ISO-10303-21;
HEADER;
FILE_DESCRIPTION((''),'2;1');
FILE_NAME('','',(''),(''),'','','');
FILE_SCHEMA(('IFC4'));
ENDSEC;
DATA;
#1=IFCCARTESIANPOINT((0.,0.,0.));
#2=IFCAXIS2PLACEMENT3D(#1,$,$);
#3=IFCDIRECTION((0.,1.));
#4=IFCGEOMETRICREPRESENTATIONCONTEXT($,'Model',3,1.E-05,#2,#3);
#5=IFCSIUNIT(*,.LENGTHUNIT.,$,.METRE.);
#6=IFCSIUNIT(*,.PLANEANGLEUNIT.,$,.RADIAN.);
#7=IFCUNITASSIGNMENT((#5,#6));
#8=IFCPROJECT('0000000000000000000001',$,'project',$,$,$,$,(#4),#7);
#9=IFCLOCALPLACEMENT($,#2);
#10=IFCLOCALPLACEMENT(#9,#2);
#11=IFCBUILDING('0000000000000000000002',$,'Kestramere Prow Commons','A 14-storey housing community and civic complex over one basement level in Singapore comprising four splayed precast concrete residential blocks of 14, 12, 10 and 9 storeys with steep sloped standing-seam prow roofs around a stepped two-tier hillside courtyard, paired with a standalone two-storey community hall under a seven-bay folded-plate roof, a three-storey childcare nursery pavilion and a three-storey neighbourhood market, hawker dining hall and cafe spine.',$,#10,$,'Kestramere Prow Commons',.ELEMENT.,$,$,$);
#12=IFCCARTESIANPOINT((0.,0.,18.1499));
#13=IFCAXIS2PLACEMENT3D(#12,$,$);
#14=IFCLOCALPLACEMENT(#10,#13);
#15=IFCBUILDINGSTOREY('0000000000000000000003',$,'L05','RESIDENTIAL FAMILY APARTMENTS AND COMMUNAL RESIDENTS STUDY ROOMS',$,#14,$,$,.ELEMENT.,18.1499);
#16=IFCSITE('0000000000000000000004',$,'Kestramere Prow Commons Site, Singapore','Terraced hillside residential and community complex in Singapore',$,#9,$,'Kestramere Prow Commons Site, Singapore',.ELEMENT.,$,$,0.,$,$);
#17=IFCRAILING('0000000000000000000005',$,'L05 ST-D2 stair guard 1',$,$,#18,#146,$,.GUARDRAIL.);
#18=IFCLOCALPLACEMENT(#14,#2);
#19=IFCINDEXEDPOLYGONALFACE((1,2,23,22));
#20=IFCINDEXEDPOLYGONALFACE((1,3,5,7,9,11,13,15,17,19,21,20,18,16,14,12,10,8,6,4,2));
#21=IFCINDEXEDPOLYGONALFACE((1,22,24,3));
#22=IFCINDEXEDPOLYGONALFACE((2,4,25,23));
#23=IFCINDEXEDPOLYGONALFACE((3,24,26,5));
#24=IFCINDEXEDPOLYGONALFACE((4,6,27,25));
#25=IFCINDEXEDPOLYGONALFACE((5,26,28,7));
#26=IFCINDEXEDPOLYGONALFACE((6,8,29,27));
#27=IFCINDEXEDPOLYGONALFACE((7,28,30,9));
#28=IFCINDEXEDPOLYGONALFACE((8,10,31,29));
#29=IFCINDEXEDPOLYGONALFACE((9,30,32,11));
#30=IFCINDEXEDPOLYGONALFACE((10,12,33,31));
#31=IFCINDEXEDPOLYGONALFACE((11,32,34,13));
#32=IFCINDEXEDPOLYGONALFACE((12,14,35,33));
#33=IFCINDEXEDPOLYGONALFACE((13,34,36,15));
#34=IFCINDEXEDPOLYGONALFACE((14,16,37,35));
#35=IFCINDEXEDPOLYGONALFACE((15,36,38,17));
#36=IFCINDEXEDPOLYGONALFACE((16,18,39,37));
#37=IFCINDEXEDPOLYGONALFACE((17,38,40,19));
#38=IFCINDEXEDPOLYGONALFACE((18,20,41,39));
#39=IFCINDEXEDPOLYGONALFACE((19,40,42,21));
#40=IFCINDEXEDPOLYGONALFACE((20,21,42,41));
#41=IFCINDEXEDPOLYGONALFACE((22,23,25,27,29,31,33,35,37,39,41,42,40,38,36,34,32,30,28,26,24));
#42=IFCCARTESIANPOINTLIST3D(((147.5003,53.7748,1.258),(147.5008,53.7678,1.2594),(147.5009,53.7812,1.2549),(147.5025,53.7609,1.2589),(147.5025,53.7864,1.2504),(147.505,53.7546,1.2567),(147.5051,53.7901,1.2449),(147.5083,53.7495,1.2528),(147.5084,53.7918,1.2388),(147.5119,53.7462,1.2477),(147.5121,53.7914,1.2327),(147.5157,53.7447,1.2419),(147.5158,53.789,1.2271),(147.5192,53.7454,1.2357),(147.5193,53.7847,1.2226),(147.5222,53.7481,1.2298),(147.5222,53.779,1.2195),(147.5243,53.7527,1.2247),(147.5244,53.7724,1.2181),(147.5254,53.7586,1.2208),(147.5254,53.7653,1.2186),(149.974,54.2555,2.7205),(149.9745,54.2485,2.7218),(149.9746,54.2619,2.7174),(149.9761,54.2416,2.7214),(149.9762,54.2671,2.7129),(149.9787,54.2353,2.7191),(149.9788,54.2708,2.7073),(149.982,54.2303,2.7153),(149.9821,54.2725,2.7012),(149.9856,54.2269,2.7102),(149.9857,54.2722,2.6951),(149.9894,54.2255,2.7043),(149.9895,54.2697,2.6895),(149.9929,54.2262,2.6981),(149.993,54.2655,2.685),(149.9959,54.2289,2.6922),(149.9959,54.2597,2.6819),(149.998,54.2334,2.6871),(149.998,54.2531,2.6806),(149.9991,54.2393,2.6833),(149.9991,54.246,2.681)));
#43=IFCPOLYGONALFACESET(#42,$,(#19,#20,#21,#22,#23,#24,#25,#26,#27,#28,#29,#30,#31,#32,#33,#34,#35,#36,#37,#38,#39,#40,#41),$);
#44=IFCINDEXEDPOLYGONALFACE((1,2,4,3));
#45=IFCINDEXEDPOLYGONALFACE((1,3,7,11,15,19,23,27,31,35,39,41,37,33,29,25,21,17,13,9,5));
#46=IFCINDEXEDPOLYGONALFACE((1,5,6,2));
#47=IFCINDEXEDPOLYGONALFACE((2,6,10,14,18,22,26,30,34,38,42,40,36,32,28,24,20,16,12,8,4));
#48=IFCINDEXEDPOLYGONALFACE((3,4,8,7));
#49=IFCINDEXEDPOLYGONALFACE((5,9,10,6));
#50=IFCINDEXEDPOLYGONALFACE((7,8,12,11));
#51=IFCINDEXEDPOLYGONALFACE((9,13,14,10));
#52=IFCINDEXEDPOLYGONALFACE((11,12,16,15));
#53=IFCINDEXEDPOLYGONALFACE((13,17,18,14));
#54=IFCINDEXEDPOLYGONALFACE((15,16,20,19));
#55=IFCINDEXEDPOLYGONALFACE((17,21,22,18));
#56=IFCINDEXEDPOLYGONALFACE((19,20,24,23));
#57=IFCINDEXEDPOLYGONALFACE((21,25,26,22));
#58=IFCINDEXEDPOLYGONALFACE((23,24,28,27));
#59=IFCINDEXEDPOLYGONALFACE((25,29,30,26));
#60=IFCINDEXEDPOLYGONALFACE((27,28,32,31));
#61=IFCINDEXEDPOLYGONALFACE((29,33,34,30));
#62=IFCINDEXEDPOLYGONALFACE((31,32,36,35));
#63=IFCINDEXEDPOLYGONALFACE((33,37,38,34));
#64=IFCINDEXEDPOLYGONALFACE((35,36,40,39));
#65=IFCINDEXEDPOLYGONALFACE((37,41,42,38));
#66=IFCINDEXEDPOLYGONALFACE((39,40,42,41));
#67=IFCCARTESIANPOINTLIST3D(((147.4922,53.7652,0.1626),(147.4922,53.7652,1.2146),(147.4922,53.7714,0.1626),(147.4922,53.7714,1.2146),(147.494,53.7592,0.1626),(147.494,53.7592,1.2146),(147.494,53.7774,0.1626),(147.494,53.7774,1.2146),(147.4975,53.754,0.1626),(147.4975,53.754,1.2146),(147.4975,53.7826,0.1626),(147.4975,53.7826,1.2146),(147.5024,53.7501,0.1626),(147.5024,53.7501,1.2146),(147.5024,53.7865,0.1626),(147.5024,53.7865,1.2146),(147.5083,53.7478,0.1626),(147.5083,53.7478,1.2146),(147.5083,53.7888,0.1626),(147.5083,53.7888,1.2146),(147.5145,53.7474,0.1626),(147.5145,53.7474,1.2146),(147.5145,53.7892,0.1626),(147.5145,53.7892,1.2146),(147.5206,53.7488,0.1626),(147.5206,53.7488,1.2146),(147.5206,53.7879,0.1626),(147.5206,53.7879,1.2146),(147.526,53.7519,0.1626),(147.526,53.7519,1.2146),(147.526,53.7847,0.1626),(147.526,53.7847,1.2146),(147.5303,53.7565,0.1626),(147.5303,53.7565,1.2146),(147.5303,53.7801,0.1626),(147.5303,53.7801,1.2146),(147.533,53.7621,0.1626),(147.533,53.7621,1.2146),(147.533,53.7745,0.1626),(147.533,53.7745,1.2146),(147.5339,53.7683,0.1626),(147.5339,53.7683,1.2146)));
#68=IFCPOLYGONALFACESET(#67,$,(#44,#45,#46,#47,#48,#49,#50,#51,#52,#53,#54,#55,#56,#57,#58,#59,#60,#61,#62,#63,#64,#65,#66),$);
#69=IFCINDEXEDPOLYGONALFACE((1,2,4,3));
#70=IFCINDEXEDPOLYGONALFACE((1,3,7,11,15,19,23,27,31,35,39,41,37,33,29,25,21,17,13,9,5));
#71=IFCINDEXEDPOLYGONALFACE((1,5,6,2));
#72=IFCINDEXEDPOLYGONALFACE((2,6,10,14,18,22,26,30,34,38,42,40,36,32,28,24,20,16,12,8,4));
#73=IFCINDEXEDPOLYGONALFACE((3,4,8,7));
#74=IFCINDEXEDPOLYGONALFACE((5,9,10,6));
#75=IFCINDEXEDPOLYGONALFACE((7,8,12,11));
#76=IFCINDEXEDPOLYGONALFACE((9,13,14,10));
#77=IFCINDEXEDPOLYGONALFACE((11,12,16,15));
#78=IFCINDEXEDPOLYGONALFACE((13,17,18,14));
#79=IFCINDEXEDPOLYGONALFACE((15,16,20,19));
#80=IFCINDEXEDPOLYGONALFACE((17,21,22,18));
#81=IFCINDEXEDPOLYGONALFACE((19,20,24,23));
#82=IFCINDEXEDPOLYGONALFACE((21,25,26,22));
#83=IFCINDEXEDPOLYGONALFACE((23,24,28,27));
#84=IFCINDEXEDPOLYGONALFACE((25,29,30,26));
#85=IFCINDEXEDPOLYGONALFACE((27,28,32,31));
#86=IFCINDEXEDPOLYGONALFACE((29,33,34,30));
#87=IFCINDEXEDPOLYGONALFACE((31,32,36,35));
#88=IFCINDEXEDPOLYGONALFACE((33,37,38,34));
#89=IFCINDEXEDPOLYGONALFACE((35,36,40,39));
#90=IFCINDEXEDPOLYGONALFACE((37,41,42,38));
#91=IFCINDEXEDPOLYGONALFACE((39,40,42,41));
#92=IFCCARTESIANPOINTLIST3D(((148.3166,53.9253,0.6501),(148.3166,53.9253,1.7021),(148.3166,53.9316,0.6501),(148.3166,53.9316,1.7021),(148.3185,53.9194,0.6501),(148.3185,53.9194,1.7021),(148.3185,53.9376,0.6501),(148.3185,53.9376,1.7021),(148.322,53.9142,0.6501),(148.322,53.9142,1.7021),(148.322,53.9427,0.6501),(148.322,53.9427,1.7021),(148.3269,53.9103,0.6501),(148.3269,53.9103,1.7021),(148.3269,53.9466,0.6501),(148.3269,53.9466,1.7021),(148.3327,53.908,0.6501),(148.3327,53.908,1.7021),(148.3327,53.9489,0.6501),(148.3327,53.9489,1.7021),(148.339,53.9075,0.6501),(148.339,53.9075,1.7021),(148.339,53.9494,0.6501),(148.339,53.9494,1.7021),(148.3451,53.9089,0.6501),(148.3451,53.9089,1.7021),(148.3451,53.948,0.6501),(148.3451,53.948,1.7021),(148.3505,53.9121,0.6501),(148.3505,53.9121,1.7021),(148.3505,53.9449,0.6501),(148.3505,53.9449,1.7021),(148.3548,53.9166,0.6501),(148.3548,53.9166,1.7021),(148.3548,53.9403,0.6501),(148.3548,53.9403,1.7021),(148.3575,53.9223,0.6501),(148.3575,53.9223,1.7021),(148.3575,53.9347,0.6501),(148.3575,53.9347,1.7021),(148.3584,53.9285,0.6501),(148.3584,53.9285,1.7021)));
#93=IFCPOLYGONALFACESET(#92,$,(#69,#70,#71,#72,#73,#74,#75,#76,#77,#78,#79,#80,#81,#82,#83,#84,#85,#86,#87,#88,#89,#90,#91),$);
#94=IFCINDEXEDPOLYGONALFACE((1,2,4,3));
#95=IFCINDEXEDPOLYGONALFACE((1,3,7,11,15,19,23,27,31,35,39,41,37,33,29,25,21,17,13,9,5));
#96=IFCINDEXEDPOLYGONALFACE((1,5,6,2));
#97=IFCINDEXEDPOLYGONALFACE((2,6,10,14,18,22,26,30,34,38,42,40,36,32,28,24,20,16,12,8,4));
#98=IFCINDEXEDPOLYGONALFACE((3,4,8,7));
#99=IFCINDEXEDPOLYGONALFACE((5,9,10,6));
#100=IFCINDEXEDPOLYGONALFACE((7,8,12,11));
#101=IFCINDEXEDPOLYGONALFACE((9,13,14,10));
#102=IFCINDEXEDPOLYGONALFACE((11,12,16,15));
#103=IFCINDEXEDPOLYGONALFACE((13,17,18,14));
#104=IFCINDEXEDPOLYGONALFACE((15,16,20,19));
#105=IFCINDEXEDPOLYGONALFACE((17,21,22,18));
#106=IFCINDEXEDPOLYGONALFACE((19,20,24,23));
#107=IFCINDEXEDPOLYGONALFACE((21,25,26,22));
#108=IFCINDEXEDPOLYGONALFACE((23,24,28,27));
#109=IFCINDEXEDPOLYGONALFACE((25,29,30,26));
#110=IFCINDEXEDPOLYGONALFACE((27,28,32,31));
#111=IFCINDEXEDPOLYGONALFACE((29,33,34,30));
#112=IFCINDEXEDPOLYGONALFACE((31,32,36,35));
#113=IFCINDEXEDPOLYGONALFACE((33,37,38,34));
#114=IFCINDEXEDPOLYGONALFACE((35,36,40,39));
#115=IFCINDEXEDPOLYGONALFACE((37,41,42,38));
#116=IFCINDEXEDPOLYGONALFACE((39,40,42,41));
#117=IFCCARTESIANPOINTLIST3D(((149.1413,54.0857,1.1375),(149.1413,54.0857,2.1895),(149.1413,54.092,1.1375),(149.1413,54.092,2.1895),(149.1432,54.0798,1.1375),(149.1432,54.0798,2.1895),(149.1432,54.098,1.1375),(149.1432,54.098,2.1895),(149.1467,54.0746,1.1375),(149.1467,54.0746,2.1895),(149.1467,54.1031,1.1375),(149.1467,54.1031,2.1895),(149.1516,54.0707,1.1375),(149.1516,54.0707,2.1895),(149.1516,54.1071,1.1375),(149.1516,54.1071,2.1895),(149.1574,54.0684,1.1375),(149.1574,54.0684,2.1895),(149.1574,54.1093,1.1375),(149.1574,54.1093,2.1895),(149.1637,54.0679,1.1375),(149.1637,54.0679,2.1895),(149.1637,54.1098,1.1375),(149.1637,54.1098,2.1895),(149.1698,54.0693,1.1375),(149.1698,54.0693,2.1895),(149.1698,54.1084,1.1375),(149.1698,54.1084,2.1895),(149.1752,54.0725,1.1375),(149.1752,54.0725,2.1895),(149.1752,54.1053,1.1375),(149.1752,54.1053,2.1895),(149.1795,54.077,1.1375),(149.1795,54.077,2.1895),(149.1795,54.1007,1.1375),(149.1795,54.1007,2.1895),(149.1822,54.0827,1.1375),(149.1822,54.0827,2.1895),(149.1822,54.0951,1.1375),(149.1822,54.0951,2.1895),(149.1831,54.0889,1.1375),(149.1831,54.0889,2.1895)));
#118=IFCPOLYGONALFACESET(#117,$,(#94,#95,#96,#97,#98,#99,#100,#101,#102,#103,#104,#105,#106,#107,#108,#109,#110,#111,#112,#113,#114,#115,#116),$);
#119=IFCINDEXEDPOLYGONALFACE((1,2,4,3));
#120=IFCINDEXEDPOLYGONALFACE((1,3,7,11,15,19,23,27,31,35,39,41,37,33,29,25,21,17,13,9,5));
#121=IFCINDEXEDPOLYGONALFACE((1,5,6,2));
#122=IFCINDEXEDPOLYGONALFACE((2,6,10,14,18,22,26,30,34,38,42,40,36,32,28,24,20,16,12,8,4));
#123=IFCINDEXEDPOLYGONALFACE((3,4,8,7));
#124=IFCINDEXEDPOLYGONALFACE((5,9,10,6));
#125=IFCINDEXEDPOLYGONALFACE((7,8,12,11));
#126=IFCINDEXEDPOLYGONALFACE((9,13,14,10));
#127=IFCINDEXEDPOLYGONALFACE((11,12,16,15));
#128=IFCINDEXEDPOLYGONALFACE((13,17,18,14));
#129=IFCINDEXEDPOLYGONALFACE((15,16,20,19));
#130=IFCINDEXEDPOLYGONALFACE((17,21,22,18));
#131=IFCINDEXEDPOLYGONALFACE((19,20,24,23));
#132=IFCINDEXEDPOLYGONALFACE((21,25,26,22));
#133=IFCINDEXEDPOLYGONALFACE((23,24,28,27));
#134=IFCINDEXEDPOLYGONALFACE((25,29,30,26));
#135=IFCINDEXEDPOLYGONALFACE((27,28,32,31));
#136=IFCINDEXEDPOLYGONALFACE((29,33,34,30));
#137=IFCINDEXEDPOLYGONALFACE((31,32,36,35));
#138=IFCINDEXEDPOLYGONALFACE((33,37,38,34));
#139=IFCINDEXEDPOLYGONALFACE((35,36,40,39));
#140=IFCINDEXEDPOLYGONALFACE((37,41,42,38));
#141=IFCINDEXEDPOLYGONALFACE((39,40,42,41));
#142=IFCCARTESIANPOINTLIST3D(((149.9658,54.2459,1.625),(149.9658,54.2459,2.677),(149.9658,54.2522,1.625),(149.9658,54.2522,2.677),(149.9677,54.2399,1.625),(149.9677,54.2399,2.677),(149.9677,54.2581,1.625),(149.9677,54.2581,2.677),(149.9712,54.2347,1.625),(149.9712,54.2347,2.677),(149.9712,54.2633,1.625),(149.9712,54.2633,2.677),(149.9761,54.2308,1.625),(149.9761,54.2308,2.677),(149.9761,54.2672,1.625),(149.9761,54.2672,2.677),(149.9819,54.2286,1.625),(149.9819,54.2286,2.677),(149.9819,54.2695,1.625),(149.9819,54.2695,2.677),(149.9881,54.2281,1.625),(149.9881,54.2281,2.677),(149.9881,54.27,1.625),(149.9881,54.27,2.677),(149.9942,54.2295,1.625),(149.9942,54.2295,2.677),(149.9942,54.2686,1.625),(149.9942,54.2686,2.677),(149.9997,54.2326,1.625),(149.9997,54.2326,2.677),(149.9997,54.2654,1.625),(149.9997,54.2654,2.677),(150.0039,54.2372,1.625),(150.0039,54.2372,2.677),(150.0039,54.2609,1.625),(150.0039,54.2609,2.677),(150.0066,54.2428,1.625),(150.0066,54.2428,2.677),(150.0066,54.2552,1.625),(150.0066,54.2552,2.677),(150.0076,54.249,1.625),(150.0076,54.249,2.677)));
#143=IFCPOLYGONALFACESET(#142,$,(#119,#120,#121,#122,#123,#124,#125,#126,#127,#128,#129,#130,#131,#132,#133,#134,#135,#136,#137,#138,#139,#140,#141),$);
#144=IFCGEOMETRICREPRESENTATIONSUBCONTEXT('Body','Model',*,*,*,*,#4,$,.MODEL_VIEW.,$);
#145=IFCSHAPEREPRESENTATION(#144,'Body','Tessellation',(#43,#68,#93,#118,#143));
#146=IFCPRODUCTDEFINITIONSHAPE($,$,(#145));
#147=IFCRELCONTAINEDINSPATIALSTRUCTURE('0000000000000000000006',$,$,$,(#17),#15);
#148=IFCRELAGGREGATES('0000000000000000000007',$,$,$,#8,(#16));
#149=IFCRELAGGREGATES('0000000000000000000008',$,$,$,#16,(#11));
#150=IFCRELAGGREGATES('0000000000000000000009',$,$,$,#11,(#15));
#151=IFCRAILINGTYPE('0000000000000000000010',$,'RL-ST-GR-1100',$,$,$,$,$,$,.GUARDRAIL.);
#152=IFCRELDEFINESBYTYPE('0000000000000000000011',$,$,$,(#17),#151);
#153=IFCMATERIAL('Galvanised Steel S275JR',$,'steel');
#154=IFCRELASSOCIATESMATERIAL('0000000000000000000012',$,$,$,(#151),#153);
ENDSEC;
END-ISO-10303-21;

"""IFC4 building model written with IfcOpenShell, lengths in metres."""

from ifc_helpers import new_model, si_unit, direction, frame, origin, origin_2d, place, context, subcontext, project, spatial, circle, extrude, material, type_object, element, save


model = new_model("IFC4")

# Units and contexts
model_context = context("Model", 3, precision=1e-05, world=origin(), true_north=direction((0.0, 1.0)))
body_context = subcontext(model_context, "Body", "Model", "MODEL_VIEW")
ifc_project = project(units=[si_unit("LENGTHUNIT", "METRE"), si_unit("PLANEANGLEUNIT", "RADIAN")], contexts=[model_context])

# Site, building, storey
site_placement = place(None, origin())
site = spatial("IfcSite", under=ifc_project, at=site_placement, Name="Kestramere Prow Commons Site, Singapore", Description="Terraced hillside residential and community complex in Singapore", LongName="Kestramere Prow Commons Site, Singapore", CompositionType="ELEMENT", RefElevation=0.0)
building_placement = place(site_placement, origin())
building = spatial("IfcBuilding", under=site, at=building_placement, Name="Kestramere Prow Commons", Description="A 14-storey housing community and civic complex over one basement level in Singapore comprising four splayed precast concrete residential blocks of 14, 12, 10 and 9 storeys with steep sloped standing-seam prow roofs around a stepped two-tier hillside courtyard, paired with a standalone two-storey community hall under a seven-bay folded-plate roof, a three-storey childcare nursery pavilion and a three-storey neighbourhood market, hawker dining hall and cafe spine.", LongName="Kestramere Prow Commons", CompositionType="ELEMENT")
storey_placement = place(building_placement, frame((0.0, 0.0, 18.1499)))
storey = spatial("IfcBuildingStorey", under=building, at=storey_placement, Name="L05", Description="RESIDENTIAL FAMILY APARTMENTS AND COMMUNAL RESIDENTS STUDY ROOMS", CompositionType="ELEMENT", Elevation=18.1499)

# Railing
ifc_material_1 = material(Name="Galvanised Steel S275JR", Category="steel")
railing_type_1 = type_object("IfcRailingType", Name="RL-ST-GR-1100", PredefinedType="GUARDRAIL", material=ifc_material_1)
railing_1_placement = place(storey_placement, frame((147.5129, 53.7683, 0.1626)))
element("IfcRailing", 1, at=railing_1_placement, inside=storey, type_object=railing_type_1, Name="L05 ST-D2 stair guard 1", PredefinedType="GUARDRAIL", context=body_context, shape_type="SweptSolid", body=[
    extrude(circle(Radius=0.0239, at=origin_2d()), frame((0.0, 0.0, 1.0762), z_axis=(0.84902, 0.164994, 0.501938), x_axis=(-0.190766, 0.981636, 0.0)), (0.0, 0.0, 1.0), 2.9136),
    extrude(circle(Radius=0.021, at=origin_2d()), origin(), (0.0, 0.0, 1.0), 1.052),
    extrude(circle(Radius=0.021, at=origin_2d()), frame((0.8245, 0.1602, 0.4875)), (0.0, 0.0, 1.0), 1.052),
    extrude(circle(Radius=0.021, at=origin_2d()), frame((1.6492, 0.3206, 0.9749)), (0.0, 0.0, 1.0), 1.052),
    extrude(circle(Radius=0.021, at=origin_2d()), frame((2.4736, 0.4807, 1.4624)), (0.0, 0.0, 1.0), 1.052),
])

save(model, "model.ifc")
